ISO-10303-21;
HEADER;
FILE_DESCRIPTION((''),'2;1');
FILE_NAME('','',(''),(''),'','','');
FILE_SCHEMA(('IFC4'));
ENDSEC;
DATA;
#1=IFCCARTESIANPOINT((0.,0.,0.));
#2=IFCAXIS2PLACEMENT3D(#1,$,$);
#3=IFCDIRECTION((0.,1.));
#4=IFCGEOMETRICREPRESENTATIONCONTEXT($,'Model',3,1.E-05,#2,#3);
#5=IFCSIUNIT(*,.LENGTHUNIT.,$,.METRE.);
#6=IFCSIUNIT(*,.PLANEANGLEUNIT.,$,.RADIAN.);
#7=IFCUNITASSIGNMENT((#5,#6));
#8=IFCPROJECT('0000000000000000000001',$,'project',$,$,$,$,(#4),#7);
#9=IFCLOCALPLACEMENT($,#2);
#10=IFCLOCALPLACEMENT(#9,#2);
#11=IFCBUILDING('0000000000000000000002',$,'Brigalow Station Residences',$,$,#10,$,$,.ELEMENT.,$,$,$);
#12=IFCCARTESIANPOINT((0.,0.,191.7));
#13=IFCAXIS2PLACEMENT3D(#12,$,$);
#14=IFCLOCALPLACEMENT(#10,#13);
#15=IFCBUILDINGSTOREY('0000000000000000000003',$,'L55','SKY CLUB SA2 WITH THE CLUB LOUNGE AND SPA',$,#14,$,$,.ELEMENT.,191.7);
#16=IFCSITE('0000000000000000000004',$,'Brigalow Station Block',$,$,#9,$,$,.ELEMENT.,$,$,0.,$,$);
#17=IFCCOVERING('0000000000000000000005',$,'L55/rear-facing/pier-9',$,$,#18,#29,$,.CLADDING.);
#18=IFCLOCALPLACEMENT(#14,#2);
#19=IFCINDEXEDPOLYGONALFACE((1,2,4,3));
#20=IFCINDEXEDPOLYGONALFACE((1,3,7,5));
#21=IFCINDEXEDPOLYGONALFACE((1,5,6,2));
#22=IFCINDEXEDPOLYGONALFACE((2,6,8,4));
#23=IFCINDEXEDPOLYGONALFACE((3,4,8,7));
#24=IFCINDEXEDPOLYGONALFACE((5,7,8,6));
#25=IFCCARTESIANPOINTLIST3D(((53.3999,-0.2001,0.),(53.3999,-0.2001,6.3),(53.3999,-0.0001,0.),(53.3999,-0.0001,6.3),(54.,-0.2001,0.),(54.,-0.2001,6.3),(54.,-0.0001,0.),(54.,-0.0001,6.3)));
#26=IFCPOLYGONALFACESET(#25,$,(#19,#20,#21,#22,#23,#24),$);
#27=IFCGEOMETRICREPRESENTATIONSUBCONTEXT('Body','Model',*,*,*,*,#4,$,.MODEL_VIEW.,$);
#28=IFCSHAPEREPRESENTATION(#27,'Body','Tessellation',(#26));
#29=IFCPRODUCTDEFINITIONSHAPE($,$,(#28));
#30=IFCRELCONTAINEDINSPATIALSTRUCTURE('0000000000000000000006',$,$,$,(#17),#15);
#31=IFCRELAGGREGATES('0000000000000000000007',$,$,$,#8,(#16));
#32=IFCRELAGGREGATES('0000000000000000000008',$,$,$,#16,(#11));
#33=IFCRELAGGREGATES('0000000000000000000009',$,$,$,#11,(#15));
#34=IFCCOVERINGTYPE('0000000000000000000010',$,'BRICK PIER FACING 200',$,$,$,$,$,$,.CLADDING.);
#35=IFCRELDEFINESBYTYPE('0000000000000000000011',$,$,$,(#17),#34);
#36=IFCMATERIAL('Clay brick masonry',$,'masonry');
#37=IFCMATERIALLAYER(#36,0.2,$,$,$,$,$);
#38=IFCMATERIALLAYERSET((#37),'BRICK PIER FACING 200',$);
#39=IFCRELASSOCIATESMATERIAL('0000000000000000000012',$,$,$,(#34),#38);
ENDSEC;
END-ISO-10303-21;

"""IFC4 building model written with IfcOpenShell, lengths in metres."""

from ifc_helpers import new_model, si_unit, direction, frame, origin, origin_2d, place, context, subcontext, project, spatial, rectangle, extrude, material, layer, layer_set, type_object, element, save


model = new_model("IFC4")

# Units and contexts
model_context = context("Model", 3, precision=1e-05, world=origin(), true_north=direction((0.0, 1.0)))
body_context = subcontext(model_context, "Body", "Model", "MODEL_VIEW")
ifc_project = project(units=[si_unit("LENGTHUNIT", "METRE"), si_unit("PLANEANGLEUNIT", "RADIAN")], contexts=[model_context])

# Site, building, storey
site_placement = place(None, origin())
site = spatial("IfcSite", under=ifc_project, at=site_placement, Name="Brigalow Station Block", CompositionType="ELEMENT", RefElevation=0.0)
building_placement = place(site_placement, origin())
building = spatial("IfcBuilding", under=site, at=building_placement, Name="Brigalow Station Residences", CompositionType="ELEMENT")
storey_placement = place(building_placement, frame((0.0, 0.0, 191.7)))
storey = spatial("IfcBuildingStorey", under=building, at=storey_placement, Name="L55", Description="SKY CLUB SA2 WITH THE CLUB LOUNGE AND SPA", CompositionType="ELEMENT", Elevation=191.7)

# Covering
ifc_material_1 = material(Name="Clay brick masonry", Category="masonry")
ifc_layer_1 = layer(ifc_material_1, 0.2)
ifc_layer_set_1 = layer_set([ifc_layer_1], Name="BRICK PIER FACING 200")
covering_type_1 = type_object("IfcCoveringType", Name="BRICK PIER FACING 200", PredefinedType="CLADDING", material=ifc_layer_set_1)
covering_placement = place(storey_placement, frame((53.7, -0.1001, 0.0), z_axis=(0.0, 0.0, 1.0), x_axis=(1.0, 0.0, 0.0)))
element("IfcCovering", 1, at=covering_placement, inside=storey, type_object=covering_type_1, Name="L55/rear-facing/pier-9", PredefinedType="CLADDING", context=body_context, shape_type="SweptSolid", body=[
    extrude(rectangle(XDim=0.6001, YDim=0.2, at=origin_2d()), origin(), (0.0, 0.0, 1.0), 6.3),
])

save(model, "model.ifc")
